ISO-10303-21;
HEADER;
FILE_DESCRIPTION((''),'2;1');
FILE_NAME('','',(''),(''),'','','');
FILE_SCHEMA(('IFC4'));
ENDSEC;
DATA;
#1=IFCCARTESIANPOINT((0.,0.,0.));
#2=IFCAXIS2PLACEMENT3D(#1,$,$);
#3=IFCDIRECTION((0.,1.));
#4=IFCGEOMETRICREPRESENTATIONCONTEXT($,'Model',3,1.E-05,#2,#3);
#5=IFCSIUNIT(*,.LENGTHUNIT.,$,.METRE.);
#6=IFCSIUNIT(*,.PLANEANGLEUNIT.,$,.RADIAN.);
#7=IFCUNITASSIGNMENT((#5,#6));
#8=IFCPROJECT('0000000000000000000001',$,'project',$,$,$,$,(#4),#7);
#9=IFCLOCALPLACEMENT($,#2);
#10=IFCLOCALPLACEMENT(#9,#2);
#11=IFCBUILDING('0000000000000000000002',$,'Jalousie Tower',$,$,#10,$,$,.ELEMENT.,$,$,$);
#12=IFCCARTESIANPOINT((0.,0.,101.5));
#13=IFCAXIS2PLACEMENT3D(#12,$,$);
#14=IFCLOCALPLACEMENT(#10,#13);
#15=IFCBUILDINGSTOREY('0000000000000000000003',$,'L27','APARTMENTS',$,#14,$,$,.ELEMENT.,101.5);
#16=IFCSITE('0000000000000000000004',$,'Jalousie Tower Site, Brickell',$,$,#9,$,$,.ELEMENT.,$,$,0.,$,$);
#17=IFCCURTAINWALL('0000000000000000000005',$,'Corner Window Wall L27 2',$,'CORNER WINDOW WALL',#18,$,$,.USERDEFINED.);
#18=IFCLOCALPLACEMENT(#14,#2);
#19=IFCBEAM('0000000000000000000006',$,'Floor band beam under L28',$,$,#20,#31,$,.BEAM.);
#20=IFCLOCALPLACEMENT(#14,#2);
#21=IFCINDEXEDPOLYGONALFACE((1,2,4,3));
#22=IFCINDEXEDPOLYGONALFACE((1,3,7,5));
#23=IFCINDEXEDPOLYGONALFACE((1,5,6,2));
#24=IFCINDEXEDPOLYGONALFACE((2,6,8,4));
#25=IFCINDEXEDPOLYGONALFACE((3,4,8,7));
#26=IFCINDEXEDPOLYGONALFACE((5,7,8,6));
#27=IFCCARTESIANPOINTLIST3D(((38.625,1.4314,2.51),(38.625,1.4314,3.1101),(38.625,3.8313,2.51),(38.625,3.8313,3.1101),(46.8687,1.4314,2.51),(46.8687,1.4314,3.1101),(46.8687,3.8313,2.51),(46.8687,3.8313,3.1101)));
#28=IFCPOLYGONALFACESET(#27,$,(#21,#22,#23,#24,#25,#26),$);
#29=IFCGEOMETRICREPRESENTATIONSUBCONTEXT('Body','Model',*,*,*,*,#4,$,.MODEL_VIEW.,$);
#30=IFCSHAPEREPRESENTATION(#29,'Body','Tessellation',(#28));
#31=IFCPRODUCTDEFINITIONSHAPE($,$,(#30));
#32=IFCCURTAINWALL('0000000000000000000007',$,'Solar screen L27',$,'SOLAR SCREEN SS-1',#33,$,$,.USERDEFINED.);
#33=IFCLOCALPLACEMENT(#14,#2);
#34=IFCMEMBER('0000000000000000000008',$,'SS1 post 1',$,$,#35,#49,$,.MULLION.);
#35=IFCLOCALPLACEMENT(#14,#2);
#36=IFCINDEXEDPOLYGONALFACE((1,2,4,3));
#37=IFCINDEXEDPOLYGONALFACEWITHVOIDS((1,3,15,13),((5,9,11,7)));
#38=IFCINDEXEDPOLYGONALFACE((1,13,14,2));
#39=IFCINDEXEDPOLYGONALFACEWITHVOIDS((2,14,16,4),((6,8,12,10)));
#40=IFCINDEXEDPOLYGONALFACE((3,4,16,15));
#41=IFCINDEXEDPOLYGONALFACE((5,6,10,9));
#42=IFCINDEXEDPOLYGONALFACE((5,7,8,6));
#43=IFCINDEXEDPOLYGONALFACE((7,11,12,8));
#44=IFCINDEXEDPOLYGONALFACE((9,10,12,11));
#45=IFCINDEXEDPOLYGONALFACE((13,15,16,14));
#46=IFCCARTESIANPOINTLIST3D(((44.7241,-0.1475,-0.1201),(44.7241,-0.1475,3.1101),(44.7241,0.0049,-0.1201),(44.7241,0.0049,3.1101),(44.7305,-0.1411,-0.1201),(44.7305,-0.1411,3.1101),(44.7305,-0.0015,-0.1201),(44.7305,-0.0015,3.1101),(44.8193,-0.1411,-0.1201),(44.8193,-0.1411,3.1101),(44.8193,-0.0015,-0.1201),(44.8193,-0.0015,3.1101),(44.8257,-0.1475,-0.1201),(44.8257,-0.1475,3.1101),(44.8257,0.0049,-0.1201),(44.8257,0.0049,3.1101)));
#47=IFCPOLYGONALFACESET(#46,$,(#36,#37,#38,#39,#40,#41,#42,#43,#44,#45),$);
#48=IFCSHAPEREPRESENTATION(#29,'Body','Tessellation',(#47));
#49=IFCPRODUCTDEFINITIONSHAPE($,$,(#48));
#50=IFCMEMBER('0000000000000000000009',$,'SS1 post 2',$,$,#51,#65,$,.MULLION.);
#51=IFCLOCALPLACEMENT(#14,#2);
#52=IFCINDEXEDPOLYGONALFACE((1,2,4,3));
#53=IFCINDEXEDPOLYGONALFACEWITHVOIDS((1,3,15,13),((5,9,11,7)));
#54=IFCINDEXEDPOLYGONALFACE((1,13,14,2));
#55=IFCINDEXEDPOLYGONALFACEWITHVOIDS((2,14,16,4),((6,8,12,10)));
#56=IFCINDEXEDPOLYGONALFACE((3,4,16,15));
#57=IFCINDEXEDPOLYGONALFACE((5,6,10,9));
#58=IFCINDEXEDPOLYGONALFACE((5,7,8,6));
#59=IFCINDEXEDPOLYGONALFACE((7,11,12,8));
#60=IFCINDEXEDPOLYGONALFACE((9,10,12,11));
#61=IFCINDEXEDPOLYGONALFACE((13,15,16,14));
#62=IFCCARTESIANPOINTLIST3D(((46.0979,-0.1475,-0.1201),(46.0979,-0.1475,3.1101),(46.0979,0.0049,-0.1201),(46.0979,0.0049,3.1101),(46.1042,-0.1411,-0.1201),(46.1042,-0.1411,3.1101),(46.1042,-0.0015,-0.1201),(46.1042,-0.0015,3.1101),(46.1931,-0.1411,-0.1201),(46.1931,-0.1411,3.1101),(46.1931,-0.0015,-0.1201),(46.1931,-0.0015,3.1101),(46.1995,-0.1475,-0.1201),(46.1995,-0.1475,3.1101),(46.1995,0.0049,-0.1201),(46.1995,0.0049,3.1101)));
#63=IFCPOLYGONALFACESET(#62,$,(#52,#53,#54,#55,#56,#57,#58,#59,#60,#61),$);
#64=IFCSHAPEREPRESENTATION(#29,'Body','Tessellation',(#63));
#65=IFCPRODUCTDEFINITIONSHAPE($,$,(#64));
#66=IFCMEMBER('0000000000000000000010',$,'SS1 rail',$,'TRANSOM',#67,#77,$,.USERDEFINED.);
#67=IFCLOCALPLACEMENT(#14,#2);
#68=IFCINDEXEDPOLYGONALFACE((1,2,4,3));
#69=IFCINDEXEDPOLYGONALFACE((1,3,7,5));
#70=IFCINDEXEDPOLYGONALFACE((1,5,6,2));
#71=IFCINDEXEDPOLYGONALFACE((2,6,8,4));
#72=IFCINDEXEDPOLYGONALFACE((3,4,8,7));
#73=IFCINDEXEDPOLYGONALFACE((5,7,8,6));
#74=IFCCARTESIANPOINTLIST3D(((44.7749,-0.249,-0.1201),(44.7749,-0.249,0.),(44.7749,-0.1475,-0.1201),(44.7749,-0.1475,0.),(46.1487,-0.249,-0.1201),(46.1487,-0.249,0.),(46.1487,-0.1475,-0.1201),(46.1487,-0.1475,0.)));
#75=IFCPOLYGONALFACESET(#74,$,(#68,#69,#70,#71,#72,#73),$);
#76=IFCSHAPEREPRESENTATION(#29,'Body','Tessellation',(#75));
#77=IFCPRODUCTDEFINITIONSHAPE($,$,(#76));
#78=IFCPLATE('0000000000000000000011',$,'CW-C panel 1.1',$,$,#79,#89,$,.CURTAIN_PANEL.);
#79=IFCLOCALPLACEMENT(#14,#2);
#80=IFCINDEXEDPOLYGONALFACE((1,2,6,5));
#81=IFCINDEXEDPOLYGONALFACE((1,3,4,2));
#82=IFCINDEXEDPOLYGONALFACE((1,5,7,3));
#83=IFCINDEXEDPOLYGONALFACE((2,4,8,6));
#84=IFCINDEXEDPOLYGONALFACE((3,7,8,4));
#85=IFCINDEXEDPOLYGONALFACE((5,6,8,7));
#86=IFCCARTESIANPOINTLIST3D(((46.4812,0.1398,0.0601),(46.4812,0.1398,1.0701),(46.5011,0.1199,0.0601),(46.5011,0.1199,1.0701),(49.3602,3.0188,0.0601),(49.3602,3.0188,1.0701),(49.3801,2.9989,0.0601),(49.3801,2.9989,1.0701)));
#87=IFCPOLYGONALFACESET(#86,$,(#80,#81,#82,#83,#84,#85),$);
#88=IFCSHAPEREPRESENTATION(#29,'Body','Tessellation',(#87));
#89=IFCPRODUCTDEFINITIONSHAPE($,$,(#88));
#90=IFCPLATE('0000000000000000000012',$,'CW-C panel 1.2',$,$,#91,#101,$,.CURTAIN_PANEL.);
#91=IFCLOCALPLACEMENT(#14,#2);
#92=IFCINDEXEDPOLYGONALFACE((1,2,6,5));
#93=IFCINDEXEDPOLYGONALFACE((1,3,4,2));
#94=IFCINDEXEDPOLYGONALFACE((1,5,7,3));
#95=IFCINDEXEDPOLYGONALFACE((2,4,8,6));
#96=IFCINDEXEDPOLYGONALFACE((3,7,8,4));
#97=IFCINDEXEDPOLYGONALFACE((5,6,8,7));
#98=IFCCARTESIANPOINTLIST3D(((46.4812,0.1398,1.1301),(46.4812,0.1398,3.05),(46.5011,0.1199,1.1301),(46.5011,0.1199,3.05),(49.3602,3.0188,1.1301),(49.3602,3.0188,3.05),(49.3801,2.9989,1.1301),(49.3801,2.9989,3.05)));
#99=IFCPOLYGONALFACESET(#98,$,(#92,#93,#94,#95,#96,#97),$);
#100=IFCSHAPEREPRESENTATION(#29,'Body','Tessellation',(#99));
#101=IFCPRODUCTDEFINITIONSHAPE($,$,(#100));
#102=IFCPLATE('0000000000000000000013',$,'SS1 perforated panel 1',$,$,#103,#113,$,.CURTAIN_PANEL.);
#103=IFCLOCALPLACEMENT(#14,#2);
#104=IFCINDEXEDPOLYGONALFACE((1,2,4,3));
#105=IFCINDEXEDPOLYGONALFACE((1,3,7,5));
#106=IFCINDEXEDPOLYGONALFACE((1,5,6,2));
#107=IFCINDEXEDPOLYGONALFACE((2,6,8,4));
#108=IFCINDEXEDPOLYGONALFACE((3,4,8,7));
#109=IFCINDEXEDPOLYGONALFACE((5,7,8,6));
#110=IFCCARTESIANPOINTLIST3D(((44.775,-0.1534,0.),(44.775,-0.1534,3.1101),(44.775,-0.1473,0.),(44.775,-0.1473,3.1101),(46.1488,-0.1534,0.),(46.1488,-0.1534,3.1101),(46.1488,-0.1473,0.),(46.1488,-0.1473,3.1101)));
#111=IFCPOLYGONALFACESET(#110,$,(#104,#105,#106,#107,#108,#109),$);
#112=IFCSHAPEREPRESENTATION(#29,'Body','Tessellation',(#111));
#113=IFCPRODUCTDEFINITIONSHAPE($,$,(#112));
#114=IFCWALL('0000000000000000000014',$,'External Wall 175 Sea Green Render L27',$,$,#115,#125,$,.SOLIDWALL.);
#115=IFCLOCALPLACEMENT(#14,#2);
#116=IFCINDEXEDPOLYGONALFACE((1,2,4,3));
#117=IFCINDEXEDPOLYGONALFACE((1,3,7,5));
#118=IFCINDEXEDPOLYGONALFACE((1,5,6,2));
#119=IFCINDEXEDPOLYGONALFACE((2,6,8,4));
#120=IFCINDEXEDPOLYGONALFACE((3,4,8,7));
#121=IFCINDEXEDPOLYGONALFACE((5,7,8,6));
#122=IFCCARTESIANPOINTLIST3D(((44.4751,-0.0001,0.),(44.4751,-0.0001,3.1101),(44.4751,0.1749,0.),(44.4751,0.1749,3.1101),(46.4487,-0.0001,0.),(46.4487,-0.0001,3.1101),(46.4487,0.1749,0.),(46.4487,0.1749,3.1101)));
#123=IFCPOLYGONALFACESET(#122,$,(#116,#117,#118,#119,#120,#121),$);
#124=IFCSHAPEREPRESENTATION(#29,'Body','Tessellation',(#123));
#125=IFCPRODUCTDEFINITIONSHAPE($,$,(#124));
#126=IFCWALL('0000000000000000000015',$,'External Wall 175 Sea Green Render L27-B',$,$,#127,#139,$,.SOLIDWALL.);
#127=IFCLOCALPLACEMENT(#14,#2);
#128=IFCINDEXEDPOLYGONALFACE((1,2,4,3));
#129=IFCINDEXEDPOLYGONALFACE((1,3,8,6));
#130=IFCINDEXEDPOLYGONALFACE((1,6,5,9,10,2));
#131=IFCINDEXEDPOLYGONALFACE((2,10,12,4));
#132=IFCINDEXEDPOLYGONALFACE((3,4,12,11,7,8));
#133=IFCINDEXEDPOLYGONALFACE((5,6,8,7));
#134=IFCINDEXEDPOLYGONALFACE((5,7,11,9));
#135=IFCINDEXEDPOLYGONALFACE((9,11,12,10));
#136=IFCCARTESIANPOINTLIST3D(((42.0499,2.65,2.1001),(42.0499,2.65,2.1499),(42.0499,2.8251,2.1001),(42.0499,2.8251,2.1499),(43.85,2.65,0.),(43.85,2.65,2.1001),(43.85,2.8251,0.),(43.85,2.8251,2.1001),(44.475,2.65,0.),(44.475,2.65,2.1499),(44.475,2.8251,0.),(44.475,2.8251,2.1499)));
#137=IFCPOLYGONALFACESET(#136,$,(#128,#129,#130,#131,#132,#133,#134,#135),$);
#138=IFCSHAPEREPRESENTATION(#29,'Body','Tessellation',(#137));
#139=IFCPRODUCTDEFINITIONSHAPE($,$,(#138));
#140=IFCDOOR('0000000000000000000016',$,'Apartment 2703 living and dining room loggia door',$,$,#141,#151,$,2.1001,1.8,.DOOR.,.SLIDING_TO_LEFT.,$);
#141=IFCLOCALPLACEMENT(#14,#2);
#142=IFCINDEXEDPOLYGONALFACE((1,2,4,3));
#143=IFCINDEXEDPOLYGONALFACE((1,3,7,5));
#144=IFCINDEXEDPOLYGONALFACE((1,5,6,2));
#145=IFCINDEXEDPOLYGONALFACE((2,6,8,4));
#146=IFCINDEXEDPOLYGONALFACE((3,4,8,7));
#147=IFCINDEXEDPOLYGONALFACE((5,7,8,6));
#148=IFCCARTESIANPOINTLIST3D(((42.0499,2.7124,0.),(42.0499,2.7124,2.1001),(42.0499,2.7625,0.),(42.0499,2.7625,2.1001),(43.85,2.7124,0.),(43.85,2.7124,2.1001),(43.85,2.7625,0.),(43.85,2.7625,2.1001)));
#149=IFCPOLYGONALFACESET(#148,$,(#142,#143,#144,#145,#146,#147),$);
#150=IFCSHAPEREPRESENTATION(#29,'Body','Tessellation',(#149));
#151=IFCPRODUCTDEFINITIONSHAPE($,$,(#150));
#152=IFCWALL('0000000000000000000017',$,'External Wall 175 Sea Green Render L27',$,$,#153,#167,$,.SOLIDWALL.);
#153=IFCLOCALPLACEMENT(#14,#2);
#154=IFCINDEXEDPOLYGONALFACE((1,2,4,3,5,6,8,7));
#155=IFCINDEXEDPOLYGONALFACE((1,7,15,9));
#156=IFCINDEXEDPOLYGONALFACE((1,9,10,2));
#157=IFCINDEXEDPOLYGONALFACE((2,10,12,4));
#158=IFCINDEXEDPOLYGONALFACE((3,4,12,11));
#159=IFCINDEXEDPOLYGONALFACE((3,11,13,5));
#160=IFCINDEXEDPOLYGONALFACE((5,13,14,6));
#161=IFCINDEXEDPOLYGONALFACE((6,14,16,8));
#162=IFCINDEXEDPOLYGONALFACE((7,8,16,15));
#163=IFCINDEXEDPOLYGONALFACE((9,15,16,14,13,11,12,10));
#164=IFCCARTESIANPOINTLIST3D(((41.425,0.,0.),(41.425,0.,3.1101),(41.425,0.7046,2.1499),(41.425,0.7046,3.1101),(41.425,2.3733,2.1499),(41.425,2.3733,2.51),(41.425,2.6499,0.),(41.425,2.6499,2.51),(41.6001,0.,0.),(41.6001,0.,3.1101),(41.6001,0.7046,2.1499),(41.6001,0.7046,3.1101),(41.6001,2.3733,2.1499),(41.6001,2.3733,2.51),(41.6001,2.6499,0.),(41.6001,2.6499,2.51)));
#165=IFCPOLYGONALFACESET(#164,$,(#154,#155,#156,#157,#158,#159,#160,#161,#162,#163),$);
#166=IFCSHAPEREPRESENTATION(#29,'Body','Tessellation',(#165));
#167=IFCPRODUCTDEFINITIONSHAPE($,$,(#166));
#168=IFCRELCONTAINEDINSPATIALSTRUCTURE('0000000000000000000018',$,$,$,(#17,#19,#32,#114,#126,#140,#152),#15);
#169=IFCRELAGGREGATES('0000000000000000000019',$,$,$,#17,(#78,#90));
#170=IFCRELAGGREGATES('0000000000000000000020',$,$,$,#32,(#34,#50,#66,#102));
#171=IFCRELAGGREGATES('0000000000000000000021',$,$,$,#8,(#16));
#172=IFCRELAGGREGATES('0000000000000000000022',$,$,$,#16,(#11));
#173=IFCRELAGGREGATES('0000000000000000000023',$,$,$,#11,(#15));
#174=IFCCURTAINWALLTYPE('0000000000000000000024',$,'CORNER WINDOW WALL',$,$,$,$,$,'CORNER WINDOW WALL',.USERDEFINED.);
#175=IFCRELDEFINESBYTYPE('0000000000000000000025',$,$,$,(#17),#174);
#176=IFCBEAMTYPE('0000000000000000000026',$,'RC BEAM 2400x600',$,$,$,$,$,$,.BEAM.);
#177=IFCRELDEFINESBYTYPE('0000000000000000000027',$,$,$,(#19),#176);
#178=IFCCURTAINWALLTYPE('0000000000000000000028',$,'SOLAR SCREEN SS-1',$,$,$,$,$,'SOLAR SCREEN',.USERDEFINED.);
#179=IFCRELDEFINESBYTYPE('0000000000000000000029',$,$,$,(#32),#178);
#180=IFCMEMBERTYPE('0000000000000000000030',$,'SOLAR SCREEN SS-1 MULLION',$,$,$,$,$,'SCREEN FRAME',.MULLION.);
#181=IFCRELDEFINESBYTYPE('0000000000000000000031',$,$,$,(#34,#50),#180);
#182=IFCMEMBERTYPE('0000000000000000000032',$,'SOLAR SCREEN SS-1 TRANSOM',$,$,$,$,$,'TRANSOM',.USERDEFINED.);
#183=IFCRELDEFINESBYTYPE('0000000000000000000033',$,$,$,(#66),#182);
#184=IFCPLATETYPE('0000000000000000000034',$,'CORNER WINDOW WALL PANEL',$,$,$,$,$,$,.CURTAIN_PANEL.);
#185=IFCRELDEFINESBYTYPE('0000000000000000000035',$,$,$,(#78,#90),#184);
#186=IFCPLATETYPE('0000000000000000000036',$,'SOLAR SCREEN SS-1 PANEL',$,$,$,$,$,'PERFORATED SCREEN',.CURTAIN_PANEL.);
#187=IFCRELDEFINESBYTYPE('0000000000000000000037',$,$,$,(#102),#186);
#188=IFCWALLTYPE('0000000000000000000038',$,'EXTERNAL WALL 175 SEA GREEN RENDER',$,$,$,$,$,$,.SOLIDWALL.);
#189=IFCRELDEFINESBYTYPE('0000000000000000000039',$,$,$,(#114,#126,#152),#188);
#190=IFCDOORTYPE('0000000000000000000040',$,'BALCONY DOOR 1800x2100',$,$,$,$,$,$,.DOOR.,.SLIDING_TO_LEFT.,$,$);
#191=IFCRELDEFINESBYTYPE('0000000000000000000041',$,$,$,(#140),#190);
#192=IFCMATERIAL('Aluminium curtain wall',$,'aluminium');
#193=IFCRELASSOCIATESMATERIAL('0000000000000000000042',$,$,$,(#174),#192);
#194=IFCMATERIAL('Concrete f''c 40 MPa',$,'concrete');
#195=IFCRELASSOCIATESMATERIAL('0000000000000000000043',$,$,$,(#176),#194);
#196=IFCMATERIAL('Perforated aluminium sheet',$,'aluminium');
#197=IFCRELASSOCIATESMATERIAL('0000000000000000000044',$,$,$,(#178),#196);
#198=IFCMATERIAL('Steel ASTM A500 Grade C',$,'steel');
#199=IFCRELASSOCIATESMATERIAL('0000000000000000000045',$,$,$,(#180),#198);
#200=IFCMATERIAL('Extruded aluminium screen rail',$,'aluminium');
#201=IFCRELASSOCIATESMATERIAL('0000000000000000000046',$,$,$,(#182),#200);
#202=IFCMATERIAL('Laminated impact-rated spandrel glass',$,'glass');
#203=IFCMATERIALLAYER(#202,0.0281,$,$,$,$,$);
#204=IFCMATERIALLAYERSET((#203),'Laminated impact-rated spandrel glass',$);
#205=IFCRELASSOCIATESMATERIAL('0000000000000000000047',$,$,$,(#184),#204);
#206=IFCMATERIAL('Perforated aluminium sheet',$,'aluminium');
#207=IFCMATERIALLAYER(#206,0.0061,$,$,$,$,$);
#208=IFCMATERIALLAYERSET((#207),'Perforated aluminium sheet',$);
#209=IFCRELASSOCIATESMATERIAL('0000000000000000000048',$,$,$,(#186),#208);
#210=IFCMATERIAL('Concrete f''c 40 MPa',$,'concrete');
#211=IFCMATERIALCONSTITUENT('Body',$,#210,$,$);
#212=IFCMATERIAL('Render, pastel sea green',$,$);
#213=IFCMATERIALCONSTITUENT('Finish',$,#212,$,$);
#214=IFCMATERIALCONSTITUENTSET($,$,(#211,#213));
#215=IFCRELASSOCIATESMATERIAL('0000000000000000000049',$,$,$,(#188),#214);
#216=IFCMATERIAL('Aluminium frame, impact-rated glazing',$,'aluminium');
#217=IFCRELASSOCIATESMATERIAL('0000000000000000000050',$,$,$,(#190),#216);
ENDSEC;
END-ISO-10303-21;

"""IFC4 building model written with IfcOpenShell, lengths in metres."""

from ifc_helpers import new_model, si_unit, direction, frame, frame_2d, origin, origin_2d, place, context, subcontext, project, spatial, polyline, rectangle, hollow_rectangle, outline, extrude, material, layer, layer_set, constituent, constituent_set, material_profile, profile_set, type_object, element, fill, aggregate, save


model = new_model("IFC4")

# Units and contexts
model_context = context("Model", 3, precision=1e-05, world=origin(), true_north=direction((0.0, 1.0)))
body_context = subcontext(model_context, "Body", "Model", "MODEL_VIEW")
ifc_project = project(units=[si_unit("LENGTHUNIT", "METRE"), si_unit("PLANEANGLEUNIT", "RADIAN")], contexts=[model_context])

# Site, building, storey
site_placement = place(None, origin())
site = spatial("IfcSite", under=ifc_project, at=site_placement, Name="Jalousie Tower Site, Brickell", CompositionType="ELEMENT", RefElevation=0.0)
building_placement = place(site_placement, origin())
building = spatial("IfcBuilding", under=site, at=building_placement, Name="Jalousie Tower", CompositionType="ELEMENT")
storey_placement = place(building_placement, frame((0.0, 0.0, 101.5)))
storey = spatial("IfcBuildingStorey", under=building, at=storey_placement, Name="L27", Description="APARTMENTS", CompositionType="ELEMENT", Elevation=101.5)

# Curtain wall
ifc_material_1 = material(Name="Aluminium curtain wall", Category="aluminium")
curtain_wall_type_1 = type_object("IfcCurtainWallType", Name="CORNER WINDOW WALL", ElementType="CORNER WINDOW WALL", PredefinedType="USERDEFINED", material=ifc_material_1)
curtain_wall_1_placement = place(storey_placement, origin())
curtain_wall_1 = element("IfcCurtainWall", 1, at=curtain_wall_1_placement, inside=storey, type_object=curtain_wall_type_1, Name="Corner Window Wall L27 2", ObjectType="CORNER WINDOW WALL", PredefinedType="USERDEFINED")

# Beam
ifc_material_2 = material(Name="Concrete f'c 40 MPa", Category="concrete")
ifc_material_profile_1 = material_profile(ifc_material_2, rectangle(XDim=2.3999, YDim=0.6001, at=origin_2d()), Name="RC 2400x600")
ifc_profile_set_1 = profile_set([ifc_material_profile_1], Name="Concrete f'c 40 MPa")
beam_type_1 = type_object("IfcBeamType", Name="RC BEAM 2400x600", PredefinedType="BEAM", material=ifc_profile_set_1)
beam_1_placement = place(storey_placement, frame((46.8687, 2.6313, 2.8101), z_axis=(-1.0, 0.0, 0.0), x_axis=(0.0, -1.0, 0.0)))
element("IfcBeam", 2, at=beam_1_placement, inside=storey, type_object=beam_type_1, Name="Floor band beam under L28", PredefinedType="BEAM", context=body_context, shape_type="SweptSolid", body=[
    extrude(rectangle(XDim=2.3999, YDim=0.6001, at=origin_2d()), origin(), (0.0, 0.0, 1.0), 8.2437),
])

# Curtain wall, members
ifc_material_3 = material(Name="Perforated aluminium sheet", Category="aluminium")
curtain_wall_type_2 = type_object("IfcCurtainWallType", Name="SOLAR SCREEN SS-1", ElementType="SOLAR SCREEN", PredefinedType="USERDEFINED", material=ifc_material_3)
curtain_wall_2_placement = place(storey_placement, origin())
curtain_wall_2 = element("IfcCurtainWall", 3, at=curtain_wall_2_placement, inside=storey, type_object=curtain_wall_type_2, Name="Solar screen L27", ObjectType="SOLAR SCREEN SS-1", PredefinedType="USERDEFINED")
ifc_material_4 = material(Name="Steel ASTM A500 Grade C", Category="steel")
ifc_material_profile_2 = material_profile(ifc_material_4, hollow_rectangle(XDim=0.1016, YDim=0.1523, WallThickness=0.0063, at=origin_2d()), Name="HSS6X4X1/4")
ifc_profile_set_2 = profile_set([ifc_material_profile_2], Name="Steel ASTM A500 Grade C")
member_type_1 = type_object("IfcMemberType", Name="SOLAR SCREEN SS-1 MULLION", ElementType="SCREEN FRAME", PredefinedType="MULLION", material=ifc_profile_set_2)
member_1_placement = place(storey_placement, frame((44.7749, -0.0713, -0.1201), z_axis=(0.0, 0.0, 1.0), x_axis=(1.0, 0.0, 0.0)))
member_1 = element("IfcMember", 4, at=member_1_placement, type_object=member_type_1, Name="SS1 post 1", PredefinedType="MULLION", context=body_context, shape_type="SweptSolid", body=[
    extrude(hollow_rectangle(XDim=0.1016, YDim=0.1523, WallThickness=0.0063, at=origin_2d()), origin(), (0.0, 0.0, 1.0), 3.2302),
])
member_2_placement = place(storey_placement, frame((46.1487, -0.0713, -0.1201), z_axis=(0.0, 0.0, 1.0), x_axis=(1.0, 0.0, 0.0)))
member_2 = element("IfcMember", 5, at=member_2_placement, type_object=member_type_1, Name="SS1 post 2", PredefinedType="MULLION", context=body_context, shape_type="SweptSolid", body=[
    extrude(hollow_rectangle(XDim=0.1016, YDim=0.1523, WallThickness=0.0063, at=origin_2d()), origin(), (0.0, 0.0, 1.0), 3.2302),
])
ifc_material_5 = material(Name="Extruded aluminium screen rail", Category="aluminium")
ifc_material_profile_3 = material_profile(ifc_material_5, rectangle(XDim=0.1016, YDim=0.1201, at=origin_2d()), Name="RAIL 102x120")
ifc_profile_set_3 = profile_set([ifc_material_profile_3], Name="Extruded aluminium screen rail")
member_type_2 = type_object("IfcMemberType", Name="SOLAR SCREEN SS-1 TRANSOM", ElementType="TRANSOM", PredefinedType="USERDEFINED", material=ifc_profile_set_3)
member_3_placement = place(storey_placement, frame((44.7749, -0.1982, -0.0601), z_axis=(1.0, 0.0, 0.0), x_axis=(0.0, 1.0, 0.0)))
member_3 = element("IfcMember", 6, at=member_3_placement, type_object=member_type_2, Name="SS1 rail", ObjectType="TRANSOM", PredefinedType="USERDEFINED", context=body_context, shape_type="SweptSolid", body=[
    extrude(rectangle(XDim=0.1016, YDim=0.1201, at=origin_2d()), origin(), (0.0, 0.0, 1.0), 1.3738),
])

# Plates
ifc_material_6 = material(Name="Laminated impact-rated spandrel glass", Category="glass")
ifc_layer_1 = layer(ifc_material_6, 0.0281)
ifc_layer_set_1 = layer_set([ifc_layer_1], Name="Laminated impact-rated spandrel glass")
plate_type_1 = type_object("IfcPlateType", Name="CORNER WINDOW WALL PANEL", PredefinedType="CURTAIN_PANEL", material=ifc_layer_set_1)
plate_1_placement = place(storey_placement, frame((47.9307, 1.5693, 0.0601), z_axis=(0.0, 0.0, 1.0), x_axis=(0.707107, 0.707107, 0.0)))
plate_1 = element("IfcPlate", 7, at=plate_1_placement, type_object=plate_type_1, Name="CW-C panel 1.1", PredefinedType="CURTAIN_PANEL", context=body_context, shape_type="SweptSolid", body=[
    extrude(rectangle(XDim=4.0715, YDim=0.0281, at=origin_2d()), origin(), (0.0, 0.0, 1.0), 1.01),
])
plate_2_placement = place(storey_placement, frame((47.9307, 1.5693, 1.1301), z_axis=(0.0, 0.0, 1.0), x_axis=(0.707107, 0.707107, 0.0)))
plate_2 = element("IfcPlate", 8, at=plate_2_placement, type_object=plate_type_1, Name="CW-C panel 1.2", PredefinedType="CURTAIN_PANEL", context=body_context, shape_type="SweptSolid", body=[
    extrude(rectangle(XDim=4.0715, YDim=0.0281, at=origin_2d()), origin(), (0.0, 0.0, 1.0), 1.9199),
])
aggregate(curtain_wall_1, [plate_1, plate_2])
ifc_material_7 = material(Name="Perforated aluminium sheet", Category="aluminium")
ifc_layer_2 = layer(ifc_material_7, 0.0061)
ifc_layer_set_2 = layer_set([ifc_layer_2], Name="Perforated aluminium sheet")
plate_type_2 = type_object("IfcPlateType", Name="SOLAR SCREEN SS-1 PANEL", ElementType="PERFORATED SCREEN", PredefinedType="CURTAIN_PANEL", material=ifc_layer_set_2)
plate_3_placement = place(storey_placement, frame((45.4619, -0.1504, 0.0), z_axis=(0.0, 0.0, 1.0), x_axis=(1.0, 0.0, 0.0)))
plate_3 = element("IfcPlate", 9, at=plate_3_placement, type_object=plate_type_2, Name="SS1 perforated panel 1", PredefinedType="CURTAIN_PANEL", context=body_context, shape_type="SweptSolid", body=[
    extrude(rectangle(XDim=1.3738, YDim=0.0061, at=origin_2d()), origin(), (0.0, 0.0, 1.0), 3.1101),
])
aggregate(curtain_wall_2, [member_1, member_2, member_3, plate_3])

# Wall
ifc_material_8 = material(Name="Concrete f'c 40 MPa", Category="concrete")
ifc_constituent_1 = constituent(ifc_material_8, Name="Body")
ifc_material_9 = material(Name="Render, pastel sea green")
ifc_constituent_2 = constituent(ifc_material_9, Name="Finish")
ifc_constituent_set = constituent_set(constituents=[ifc_constituent_1, ifc_constituent_2])
wall_type = type_object("IfcWallType", Name="EXTERNAL WALL 175 SEA GREEN RENDER", PredefinedType="SOLIDWALL", material=ifc_constituent_set)
wall_1_placement = place(storey_placement, frame((44.4751, 0.0874, 0.0), z_axis=(0.0, 0.0, 1.0), x_axis=(1.0, 0.0, 0.0)))
element("IfcWall", 10, at=wall_1_placement, inside=storey, type_object=wall_type, Name="External Wall 175 Sea Green Render L27", PredefinedType="SOLIDWALL", context=body_context, shape_type="SweptSolid", body=[
    extrude(rectangle(XDim=1.9736, YDim=0.175, at=frame_2d((0.9868, 0.0))), origin(), (0.0, 0.0, 1.0), 3.1101),
])

# Wall, opening, door
wall_2_placement = place(storey_placement, frame((42.05, 2.7375, 0.0), z_axis=(0.0, 0.0, 1.0), x_axis=(1.0, 0.0, 0.0)))
wall_2 = element("IfcWall", 11, at=wall_2_placement, inside=storey, type_object=wall_type, Name="External Wall 175 Sea Green Render L27-B", PredefinedType="SOLIDWALL", context=body_context, shape_type="SweptSolid", body=[
    extrude(rectangle(XDim=2.425, YDim=0.175, at=frame_2d((1.2124, 0.0))), origin(), (0.0, 0.0, 1.0), 2.1499),
])
opening_1_placement = place(wall_2_placement, origin())
opening_1 = element("IfcOpeningElement", 12, at=opening_1_placement, cuts=wall_2, PredefinedType="OPENING", context=body_context, shape_type="SweptSolid", body=[
    extrude(rectangle(XDim=1.8, YDim=2.1001, at=frame_2d((0.8999, 1.05))), frame((0.0, 0.0974, 0.0), z_axis=(0.0, -1.0, 0.0), x_axis=(1.0, 0.0, 0.0)), (0.0, 0.0, 1.0), 0.1951),
])
ifc_material_10 = material(Name="Aluminium frame, impact-rated glazing", Category="aluminium")
door_type = type_object("IfcDoorType", Name="BALCONY DOOR 1800x2100", OperationType="SLIDING_TO_LEFT", PredefinedType="DOOR", material=ifc_material_10)
door_placement = place(opening_1_placement, origin())
door = element("IfcDoor", 13, at=door_placement, inside=storey, type_object=door_type, Name="Apartment 2703 living and dining room loggia door", OperationType="SLIDING_TO_LEFT", OverallHeight=2.1001, OverallWidth=1.8, PredefinedType="DOOR", context=body_context, shape_type="SweptSolid", body=[
    extrude(rectangle(XDim=1.8, YDim=2.1001, at=frame_2d((0.8999, 1.05))), frame((0.0, 0.0249, 0.0), z_axis=(0.0, -1.0, 0.0), x_axis=(1.0, 0.0, 0.0)), (0.0, 0.0, 1.0), 0.05),
])
fill(opening_1, door)

# Wall
wall_3_placement = place(storey_placement, frame((41.5125, 0.0, 0.0), z_axis=(0.0, 0.0, 1.0), x_axis=(0.0, 1.0, 0.0)))
element("IfcWall", 14, at=wall_3_placement, inside=storey, type_object=wall_type, Name="External Wall 175 Sea Green Render L27", PredefinedType="SOLIDWALL", context=body_context, shape_type="SweptSolid", body=[
    extrude(outline(polyline([(0.0, 0.0), (2.6499, 0.0), (2.6499, 2.51), (2.3733, 2.51), (2.3733, 2.1499), (0.7046, 2.1499), (0.7046, 3.1101), (0.0, 3.1101), (0.0, 0.0)])), frame((0.0, 0.0874, 0.0), z_axis=(0.0, -1.0, 0.0), x_axis=(1.0, 0.0, 0.0)), (0.0, 0.0, 1.0), 0.175),
])

save(model, "model.ifc")
